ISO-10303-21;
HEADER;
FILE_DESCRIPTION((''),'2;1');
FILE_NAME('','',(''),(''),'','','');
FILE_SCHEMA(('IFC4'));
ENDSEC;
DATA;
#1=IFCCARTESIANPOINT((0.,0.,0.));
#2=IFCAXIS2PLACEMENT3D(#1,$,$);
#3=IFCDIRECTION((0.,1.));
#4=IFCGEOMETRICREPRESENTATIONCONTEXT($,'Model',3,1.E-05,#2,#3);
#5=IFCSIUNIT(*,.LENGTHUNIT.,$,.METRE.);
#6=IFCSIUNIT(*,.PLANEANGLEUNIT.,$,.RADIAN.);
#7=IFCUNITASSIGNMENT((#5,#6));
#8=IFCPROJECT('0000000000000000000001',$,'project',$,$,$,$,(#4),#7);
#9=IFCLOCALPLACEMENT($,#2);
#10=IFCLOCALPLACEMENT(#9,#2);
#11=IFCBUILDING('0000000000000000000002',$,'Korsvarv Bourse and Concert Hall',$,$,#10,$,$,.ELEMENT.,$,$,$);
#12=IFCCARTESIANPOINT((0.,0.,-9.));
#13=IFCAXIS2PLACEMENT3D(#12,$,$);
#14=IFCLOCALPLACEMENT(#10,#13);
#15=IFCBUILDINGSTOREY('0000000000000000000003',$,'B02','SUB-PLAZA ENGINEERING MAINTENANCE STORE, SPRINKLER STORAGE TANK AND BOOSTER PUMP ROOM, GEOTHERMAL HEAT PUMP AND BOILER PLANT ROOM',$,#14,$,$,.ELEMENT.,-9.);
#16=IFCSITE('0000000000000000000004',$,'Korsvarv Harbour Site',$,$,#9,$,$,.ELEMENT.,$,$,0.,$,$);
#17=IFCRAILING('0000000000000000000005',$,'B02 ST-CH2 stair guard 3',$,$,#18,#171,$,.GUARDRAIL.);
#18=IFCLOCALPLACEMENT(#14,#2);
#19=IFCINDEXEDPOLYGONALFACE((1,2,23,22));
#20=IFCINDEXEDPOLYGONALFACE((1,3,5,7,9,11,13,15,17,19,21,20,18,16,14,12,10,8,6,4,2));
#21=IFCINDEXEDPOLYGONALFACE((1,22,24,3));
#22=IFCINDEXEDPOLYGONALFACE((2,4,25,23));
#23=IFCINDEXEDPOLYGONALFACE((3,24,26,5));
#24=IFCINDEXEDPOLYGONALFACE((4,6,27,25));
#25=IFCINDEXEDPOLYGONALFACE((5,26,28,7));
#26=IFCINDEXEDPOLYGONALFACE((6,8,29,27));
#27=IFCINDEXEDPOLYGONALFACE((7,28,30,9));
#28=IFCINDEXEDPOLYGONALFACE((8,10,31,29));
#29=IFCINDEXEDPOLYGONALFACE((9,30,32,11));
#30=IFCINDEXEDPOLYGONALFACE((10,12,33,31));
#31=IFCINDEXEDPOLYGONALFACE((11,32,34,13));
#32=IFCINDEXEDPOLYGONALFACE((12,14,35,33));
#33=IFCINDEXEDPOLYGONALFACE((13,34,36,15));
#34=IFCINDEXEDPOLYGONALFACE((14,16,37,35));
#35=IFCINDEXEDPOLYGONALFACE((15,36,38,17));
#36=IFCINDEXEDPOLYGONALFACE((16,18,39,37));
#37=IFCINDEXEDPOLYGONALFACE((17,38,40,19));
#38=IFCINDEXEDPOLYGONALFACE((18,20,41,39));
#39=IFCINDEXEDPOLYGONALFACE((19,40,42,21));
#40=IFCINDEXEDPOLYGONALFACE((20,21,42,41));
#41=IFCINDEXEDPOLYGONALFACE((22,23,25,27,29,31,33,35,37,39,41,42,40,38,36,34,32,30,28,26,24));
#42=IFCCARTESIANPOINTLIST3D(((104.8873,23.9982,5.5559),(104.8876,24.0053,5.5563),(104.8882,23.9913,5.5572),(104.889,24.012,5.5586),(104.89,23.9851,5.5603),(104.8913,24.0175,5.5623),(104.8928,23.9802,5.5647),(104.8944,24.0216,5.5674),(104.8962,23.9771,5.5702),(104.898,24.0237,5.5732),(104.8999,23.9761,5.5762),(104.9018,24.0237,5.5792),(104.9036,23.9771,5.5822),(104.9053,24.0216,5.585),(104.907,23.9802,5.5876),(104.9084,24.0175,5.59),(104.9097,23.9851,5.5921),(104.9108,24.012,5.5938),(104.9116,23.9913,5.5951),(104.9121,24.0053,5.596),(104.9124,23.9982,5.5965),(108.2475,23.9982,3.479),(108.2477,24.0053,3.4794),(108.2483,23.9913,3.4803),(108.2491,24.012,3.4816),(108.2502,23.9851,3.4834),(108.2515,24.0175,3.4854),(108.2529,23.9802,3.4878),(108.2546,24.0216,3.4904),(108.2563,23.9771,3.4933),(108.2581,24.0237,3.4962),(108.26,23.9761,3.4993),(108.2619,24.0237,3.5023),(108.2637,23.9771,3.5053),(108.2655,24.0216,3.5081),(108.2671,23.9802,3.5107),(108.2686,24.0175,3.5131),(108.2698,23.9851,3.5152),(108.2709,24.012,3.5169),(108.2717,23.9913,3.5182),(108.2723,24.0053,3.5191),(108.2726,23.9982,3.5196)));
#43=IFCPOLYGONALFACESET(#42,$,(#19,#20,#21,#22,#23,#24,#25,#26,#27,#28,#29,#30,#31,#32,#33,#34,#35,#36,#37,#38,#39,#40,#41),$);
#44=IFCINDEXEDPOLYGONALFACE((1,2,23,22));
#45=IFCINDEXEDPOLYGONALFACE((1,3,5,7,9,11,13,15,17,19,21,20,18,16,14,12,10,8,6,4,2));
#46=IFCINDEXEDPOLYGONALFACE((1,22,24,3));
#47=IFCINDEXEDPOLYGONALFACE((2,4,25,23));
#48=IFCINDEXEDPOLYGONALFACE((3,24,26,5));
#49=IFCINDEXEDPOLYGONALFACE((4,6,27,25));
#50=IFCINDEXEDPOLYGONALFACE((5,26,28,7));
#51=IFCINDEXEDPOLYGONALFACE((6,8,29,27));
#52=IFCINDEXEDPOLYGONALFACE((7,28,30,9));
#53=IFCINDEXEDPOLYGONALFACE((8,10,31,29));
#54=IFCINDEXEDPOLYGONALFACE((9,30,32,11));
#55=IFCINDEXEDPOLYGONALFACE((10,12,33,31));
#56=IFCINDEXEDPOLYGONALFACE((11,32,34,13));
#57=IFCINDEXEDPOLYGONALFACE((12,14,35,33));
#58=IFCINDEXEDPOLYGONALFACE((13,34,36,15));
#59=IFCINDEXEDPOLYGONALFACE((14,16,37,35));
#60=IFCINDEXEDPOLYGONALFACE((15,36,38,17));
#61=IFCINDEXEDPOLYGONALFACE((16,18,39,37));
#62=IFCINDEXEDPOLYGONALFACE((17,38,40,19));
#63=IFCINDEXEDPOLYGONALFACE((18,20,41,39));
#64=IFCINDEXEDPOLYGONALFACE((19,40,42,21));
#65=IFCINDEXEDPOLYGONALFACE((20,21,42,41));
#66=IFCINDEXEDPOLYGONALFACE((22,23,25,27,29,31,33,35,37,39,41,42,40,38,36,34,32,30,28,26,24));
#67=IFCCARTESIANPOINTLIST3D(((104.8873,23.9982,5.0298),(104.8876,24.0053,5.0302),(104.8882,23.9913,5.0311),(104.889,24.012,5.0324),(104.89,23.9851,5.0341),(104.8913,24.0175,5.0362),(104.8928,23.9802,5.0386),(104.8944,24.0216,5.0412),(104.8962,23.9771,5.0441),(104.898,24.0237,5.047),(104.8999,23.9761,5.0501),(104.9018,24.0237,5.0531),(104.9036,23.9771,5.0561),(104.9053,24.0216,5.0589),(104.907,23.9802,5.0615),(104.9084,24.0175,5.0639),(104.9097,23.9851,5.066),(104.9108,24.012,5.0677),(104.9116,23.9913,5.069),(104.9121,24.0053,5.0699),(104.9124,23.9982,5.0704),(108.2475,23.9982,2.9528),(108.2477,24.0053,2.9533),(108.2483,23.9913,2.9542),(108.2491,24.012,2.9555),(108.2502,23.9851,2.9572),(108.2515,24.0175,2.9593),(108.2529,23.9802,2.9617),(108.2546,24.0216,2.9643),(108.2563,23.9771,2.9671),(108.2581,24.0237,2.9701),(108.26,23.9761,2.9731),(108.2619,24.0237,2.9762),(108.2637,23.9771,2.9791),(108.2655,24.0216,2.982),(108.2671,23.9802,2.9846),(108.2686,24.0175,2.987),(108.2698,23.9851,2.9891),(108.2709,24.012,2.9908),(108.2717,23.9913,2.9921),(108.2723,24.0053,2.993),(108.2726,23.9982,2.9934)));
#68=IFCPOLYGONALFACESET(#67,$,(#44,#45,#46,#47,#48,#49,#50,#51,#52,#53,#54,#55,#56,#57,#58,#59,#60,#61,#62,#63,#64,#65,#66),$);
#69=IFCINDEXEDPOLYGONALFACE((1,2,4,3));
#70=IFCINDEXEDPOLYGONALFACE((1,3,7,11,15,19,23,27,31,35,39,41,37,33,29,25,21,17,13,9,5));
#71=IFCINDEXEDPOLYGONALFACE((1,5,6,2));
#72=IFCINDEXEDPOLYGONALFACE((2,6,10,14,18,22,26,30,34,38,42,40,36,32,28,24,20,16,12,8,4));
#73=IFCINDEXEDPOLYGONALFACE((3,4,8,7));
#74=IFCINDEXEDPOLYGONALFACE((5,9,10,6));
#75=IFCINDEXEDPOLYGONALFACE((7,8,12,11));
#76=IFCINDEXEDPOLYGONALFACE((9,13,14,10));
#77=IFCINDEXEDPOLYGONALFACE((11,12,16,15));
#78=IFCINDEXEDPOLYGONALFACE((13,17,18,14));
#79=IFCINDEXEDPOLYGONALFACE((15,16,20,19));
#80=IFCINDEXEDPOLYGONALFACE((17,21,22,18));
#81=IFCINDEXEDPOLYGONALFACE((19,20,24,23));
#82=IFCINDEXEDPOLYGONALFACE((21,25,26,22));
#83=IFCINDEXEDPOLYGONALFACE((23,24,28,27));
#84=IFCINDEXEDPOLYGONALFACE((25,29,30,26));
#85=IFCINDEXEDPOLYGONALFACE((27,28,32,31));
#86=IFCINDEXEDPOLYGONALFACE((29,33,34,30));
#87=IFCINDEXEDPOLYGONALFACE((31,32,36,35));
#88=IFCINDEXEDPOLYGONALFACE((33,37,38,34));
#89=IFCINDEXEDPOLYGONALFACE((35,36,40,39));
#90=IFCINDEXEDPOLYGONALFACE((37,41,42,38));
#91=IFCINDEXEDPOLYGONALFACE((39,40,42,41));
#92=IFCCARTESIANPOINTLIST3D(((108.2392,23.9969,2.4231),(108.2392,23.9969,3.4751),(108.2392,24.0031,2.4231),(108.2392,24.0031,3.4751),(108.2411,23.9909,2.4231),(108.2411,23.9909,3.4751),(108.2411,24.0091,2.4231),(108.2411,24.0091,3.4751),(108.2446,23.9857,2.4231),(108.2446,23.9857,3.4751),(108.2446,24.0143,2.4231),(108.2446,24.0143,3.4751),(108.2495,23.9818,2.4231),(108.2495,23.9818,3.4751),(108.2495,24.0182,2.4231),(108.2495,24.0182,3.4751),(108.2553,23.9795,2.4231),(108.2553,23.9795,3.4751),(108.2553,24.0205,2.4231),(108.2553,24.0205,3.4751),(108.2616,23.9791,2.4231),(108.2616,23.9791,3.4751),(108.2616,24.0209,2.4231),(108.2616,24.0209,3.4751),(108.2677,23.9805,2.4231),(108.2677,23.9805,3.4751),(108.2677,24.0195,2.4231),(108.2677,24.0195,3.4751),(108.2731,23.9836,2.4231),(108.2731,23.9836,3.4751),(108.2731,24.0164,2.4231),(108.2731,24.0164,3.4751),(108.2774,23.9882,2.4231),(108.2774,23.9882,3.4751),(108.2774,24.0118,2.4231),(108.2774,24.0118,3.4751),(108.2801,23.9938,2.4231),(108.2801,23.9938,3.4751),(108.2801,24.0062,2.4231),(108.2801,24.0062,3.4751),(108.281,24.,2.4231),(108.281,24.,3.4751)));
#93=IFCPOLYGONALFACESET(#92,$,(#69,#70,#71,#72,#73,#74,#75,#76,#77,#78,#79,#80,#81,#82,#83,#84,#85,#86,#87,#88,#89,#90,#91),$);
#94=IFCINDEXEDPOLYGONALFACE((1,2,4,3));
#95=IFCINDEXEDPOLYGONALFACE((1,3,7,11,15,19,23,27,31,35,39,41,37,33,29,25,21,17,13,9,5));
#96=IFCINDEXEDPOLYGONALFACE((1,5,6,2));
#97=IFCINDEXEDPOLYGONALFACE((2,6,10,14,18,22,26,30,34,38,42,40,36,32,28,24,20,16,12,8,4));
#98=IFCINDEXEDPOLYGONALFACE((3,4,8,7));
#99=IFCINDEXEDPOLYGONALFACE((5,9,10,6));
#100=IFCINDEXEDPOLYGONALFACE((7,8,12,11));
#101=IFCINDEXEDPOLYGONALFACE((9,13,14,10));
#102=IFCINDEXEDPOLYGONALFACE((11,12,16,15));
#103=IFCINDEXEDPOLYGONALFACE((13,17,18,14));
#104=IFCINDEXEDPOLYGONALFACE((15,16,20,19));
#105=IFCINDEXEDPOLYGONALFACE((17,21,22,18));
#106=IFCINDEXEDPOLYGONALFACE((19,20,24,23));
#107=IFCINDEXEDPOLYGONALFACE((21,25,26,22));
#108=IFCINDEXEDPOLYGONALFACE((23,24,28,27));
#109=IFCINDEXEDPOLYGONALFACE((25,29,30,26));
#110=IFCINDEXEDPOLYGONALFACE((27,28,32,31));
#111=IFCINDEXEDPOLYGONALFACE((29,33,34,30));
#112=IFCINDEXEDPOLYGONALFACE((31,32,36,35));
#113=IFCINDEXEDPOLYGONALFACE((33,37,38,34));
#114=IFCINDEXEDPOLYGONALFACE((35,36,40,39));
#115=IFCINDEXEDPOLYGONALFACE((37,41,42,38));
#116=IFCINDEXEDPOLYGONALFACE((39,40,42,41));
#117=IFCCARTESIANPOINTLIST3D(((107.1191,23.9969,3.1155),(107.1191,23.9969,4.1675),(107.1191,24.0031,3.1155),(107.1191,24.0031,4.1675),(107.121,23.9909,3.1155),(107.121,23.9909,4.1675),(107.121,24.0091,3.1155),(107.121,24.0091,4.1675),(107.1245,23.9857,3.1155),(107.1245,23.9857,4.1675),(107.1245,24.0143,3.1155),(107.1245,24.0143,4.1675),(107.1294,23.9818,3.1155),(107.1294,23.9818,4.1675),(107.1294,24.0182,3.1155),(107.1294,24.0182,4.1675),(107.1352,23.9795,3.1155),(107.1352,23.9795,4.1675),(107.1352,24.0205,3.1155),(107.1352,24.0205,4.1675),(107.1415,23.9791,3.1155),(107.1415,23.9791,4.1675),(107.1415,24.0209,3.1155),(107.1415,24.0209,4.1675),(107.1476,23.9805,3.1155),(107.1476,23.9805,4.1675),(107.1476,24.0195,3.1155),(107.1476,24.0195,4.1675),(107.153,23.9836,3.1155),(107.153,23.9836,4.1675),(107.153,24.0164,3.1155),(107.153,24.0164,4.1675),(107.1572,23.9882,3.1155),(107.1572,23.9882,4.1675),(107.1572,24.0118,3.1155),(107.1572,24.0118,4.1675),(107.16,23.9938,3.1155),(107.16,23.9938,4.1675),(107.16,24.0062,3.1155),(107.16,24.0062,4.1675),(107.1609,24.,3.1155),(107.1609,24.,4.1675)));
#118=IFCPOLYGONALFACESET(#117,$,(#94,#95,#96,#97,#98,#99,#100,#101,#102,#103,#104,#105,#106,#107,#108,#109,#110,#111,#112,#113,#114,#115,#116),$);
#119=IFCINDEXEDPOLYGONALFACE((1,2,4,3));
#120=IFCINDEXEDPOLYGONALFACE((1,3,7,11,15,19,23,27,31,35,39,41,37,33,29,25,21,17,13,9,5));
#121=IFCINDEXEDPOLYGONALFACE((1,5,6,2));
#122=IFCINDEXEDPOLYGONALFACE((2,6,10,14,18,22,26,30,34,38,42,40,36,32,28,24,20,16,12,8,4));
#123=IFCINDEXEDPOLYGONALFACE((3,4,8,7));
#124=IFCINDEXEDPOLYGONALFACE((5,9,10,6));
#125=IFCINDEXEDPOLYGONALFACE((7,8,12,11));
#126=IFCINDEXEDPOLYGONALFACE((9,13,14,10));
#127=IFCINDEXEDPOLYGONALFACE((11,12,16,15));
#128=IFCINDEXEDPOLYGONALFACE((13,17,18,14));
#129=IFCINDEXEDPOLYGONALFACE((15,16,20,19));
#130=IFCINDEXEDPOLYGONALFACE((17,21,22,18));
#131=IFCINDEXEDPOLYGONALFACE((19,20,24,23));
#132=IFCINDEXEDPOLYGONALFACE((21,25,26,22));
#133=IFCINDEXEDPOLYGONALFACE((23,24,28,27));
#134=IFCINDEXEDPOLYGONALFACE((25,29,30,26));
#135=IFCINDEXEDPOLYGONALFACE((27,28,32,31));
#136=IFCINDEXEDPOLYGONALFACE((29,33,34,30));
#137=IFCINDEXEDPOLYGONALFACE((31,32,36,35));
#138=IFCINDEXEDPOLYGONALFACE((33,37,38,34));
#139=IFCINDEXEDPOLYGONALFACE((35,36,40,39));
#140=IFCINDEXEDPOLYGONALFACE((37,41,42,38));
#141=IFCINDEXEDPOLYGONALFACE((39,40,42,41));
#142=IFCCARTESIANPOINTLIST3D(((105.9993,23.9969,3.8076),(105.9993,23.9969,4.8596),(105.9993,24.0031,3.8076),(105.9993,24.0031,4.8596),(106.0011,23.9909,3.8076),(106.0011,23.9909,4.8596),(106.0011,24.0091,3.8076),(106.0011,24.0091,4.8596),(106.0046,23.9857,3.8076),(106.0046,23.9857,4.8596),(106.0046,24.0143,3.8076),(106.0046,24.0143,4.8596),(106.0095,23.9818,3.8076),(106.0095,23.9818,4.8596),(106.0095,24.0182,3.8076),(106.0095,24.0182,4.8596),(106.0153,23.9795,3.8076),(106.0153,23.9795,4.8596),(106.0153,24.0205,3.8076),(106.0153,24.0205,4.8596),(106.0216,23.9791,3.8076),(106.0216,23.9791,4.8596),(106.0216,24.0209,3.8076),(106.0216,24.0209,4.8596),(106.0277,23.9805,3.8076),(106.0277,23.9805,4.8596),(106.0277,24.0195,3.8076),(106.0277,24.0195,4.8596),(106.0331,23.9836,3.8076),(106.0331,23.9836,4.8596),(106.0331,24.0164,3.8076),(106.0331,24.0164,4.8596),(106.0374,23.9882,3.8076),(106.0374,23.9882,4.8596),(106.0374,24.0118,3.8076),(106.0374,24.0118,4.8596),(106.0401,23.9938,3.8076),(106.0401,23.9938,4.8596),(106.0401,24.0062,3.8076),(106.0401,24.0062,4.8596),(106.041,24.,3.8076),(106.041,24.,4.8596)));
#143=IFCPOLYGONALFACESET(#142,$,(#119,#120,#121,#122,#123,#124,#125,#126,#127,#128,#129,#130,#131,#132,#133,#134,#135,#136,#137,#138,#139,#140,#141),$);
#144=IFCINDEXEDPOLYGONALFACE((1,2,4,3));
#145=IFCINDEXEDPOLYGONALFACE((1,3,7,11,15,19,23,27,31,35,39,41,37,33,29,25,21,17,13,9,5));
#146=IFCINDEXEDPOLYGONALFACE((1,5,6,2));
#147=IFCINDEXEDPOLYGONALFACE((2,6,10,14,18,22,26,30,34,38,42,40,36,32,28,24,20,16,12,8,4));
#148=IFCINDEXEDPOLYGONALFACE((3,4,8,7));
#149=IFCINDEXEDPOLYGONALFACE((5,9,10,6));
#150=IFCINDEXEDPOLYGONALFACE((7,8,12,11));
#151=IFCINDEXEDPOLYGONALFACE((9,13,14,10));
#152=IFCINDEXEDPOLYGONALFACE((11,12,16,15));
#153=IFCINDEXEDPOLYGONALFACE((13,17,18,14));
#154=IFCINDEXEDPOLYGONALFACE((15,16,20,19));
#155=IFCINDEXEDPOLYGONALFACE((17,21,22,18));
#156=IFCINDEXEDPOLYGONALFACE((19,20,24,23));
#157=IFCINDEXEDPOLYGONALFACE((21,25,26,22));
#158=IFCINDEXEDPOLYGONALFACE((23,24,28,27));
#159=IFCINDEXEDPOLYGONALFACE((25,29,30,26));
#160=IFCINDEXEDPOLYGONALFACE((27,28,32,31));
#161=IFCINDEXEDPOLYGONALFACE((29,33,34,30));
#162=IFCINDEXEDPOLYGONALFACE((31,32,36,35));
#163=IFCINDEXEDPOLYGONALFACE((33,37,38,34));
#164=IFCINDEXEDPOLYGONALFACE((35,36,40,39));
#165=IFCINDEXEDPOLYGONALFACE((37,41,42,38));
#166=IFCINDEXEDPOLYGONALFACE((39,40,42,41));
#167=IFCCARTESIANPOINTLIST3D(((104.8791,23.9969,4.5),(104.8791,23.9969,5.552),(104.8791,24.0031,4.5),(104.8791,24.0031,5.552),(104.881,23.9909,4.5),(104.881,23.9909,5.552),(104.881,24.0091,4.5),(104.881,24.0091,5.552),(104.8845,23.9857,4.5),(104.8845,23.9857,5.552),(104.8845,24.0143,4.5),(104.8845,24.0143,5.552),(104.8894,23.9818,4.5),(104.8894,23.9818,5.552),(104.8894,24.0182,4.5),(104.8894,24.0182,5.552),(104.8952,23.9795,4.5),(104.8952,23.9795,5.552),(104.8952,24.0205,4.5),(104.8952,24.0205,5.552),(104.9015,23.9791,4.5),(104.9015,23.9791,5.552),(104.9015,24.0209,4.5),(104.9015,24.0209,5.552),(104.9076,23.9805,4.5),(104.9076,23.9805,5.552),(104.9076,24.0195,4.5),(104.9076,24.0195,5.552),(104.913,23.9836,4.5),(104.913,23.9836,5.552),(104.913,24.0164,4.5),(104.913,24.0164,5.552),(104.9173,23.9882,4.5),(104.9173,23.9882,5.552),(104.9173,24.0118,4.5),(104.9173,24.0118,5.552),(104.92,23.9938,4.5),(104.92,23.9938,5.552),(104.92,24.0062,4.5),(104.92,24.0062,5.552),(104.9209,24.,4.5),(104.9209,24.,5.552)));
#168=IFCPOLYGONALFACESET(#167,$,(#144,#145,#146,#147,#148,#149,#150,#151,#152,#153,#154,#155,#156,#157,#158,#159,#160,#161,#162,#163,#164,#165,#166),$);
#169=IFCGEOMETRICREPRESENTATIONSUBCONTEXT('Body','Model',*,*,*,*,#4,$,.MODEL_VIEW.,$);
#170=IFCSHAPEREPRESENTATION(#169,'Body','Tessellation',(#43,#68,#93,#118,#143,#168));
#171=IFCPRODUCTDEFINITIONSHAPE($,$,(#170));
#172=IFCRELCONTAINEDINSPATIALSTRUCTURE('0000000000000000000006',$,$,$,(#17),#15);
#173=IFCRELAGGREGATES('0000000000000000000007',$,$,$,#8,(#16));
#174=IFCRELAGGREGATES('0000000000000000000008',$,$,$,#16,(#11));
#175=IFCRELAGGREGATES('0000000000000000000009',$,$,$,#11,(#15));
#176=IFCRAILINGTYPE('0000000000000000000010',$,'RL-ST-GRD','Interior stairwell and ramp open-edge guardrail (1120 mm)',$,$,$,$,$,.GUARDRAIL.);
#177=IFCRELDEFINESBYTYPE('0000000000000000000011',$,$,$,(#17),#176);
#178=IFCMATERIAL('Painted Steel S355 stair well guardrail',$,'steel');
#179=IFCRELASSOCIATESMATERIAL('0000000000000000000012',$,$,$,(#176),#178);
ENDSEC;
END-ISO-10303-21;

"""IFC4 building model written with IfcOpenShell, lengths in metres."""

from ifc_helpers import new_model, si_unit, direction, frame, origin, origin_2d, place, context, subcontext, project, spatial, circle, extrude, material, type_object, element, save


model = new_model("IFC4")

# Units and contexts
model_context = context("Model", 3, precision=1e-05, world=origin(), true_north=direction((0.0, 1.0)))
body_context = subcontext(model_context, "Body", "Model", "MODEL_VIEW")
ifc_project = project(units=[si_unit("LENGTHUNIT", "METRE"), si_unit("PLANEANGLEUNIT", "RADIAN")], contexts=[model_context])

# Site, building, storey
site_placement = place(None, origin())
site = spatial("IfcSite", under=ifc_project, at=site_placement, Name="Korsvarv Harbour Site", CompositionType="ELEMENT", RefElevation=0.0)
building_placement = place(site_placement, origin())
building = spatial("IfcBuilding", under=site, at=building_placement, Name="Korsvarv Bourse and Concert Hall", CompositionType="ELEMENT")
storey_placement = place(building_placement, frame((0.0, 0.0, -9.0)))
storey = spatial("IfcBuildingStorey", under=building, at=storey_placement, Name="B02", Description="SUB-PLAZA ENGINEERING MAINTENANCE STORE, SPRINKLER STORAGE TANK AND BOOSTER PUMP ROOM, GEOTHERMAL HEAT PUMP AND BOILER PLANT ROOM", CompositionType="ELEMENT", Elevation=-9.0)

# Railing
ifc_material_1 = material(Name="Painted Steel S355 stair well guardrail", Category="steel")
railing_type_1 = type_object("IfcRailingType", Name="RL-ST-GRD", Description="Interior stairwell and ramp open-edge guardrail (1120 mm)", PredefinedType="GUARDRAIL", material=ifc_material_1)
railing_1_placement = place(storey_placement, frame((108.26, 24.0, 2.4231)))
element("IfcRailing", 1, at=railing_1_placement, inside=storey, type_object=railing_type_1, Name="B02 ST-CH2 stair guard 3", PredefinedType="GUARDRAIL", context=body_context, shape_type="SweptSolid", body=[
    extrude(circle(Radius=0.0239, at=origin_2d()), frame((0.0, 0.0, 1.0762), z_axis=(-0.850623, 0.0, 0.525776), x_axis=(0.0, -1.0, 0.0)), (0.0, 0.0, 1.0), 3.9502),
    extrude(circle(Radius=0.0239, at=origin_2d()), frame((0.0, 0.0, 0.55), z_axis=(-0.850623, 0.0, 0.525776), x_axis=(0.0, -1.0, 0.0)), (0.0, 0.0, 1.0), 3.9502),
    extrude(circle(Radius=0.021, at=origin_2d()), origin(), (0.0, 0.0, 1.0), 1.052),
    extrude(circle(Radius=0.021, at=origin_2d()), frame((-1.1201, 0.0, 0.6924)), (0.0, 0.0, 1.0), 1.052),
    extrude(circle(Radius=0.021, at=origin_2d()), frame((-2.24, 0.0, 1.3845)), (0.0, 0.0, 1.0), 1.052),
    extrude(circle(Radius=0.021, at=origin_2d()), frame((-3.3601, 0.0, 2.0769)), (0.0, 0.0, 1.0), 1.052),
])

save(model, "model.ifc")
